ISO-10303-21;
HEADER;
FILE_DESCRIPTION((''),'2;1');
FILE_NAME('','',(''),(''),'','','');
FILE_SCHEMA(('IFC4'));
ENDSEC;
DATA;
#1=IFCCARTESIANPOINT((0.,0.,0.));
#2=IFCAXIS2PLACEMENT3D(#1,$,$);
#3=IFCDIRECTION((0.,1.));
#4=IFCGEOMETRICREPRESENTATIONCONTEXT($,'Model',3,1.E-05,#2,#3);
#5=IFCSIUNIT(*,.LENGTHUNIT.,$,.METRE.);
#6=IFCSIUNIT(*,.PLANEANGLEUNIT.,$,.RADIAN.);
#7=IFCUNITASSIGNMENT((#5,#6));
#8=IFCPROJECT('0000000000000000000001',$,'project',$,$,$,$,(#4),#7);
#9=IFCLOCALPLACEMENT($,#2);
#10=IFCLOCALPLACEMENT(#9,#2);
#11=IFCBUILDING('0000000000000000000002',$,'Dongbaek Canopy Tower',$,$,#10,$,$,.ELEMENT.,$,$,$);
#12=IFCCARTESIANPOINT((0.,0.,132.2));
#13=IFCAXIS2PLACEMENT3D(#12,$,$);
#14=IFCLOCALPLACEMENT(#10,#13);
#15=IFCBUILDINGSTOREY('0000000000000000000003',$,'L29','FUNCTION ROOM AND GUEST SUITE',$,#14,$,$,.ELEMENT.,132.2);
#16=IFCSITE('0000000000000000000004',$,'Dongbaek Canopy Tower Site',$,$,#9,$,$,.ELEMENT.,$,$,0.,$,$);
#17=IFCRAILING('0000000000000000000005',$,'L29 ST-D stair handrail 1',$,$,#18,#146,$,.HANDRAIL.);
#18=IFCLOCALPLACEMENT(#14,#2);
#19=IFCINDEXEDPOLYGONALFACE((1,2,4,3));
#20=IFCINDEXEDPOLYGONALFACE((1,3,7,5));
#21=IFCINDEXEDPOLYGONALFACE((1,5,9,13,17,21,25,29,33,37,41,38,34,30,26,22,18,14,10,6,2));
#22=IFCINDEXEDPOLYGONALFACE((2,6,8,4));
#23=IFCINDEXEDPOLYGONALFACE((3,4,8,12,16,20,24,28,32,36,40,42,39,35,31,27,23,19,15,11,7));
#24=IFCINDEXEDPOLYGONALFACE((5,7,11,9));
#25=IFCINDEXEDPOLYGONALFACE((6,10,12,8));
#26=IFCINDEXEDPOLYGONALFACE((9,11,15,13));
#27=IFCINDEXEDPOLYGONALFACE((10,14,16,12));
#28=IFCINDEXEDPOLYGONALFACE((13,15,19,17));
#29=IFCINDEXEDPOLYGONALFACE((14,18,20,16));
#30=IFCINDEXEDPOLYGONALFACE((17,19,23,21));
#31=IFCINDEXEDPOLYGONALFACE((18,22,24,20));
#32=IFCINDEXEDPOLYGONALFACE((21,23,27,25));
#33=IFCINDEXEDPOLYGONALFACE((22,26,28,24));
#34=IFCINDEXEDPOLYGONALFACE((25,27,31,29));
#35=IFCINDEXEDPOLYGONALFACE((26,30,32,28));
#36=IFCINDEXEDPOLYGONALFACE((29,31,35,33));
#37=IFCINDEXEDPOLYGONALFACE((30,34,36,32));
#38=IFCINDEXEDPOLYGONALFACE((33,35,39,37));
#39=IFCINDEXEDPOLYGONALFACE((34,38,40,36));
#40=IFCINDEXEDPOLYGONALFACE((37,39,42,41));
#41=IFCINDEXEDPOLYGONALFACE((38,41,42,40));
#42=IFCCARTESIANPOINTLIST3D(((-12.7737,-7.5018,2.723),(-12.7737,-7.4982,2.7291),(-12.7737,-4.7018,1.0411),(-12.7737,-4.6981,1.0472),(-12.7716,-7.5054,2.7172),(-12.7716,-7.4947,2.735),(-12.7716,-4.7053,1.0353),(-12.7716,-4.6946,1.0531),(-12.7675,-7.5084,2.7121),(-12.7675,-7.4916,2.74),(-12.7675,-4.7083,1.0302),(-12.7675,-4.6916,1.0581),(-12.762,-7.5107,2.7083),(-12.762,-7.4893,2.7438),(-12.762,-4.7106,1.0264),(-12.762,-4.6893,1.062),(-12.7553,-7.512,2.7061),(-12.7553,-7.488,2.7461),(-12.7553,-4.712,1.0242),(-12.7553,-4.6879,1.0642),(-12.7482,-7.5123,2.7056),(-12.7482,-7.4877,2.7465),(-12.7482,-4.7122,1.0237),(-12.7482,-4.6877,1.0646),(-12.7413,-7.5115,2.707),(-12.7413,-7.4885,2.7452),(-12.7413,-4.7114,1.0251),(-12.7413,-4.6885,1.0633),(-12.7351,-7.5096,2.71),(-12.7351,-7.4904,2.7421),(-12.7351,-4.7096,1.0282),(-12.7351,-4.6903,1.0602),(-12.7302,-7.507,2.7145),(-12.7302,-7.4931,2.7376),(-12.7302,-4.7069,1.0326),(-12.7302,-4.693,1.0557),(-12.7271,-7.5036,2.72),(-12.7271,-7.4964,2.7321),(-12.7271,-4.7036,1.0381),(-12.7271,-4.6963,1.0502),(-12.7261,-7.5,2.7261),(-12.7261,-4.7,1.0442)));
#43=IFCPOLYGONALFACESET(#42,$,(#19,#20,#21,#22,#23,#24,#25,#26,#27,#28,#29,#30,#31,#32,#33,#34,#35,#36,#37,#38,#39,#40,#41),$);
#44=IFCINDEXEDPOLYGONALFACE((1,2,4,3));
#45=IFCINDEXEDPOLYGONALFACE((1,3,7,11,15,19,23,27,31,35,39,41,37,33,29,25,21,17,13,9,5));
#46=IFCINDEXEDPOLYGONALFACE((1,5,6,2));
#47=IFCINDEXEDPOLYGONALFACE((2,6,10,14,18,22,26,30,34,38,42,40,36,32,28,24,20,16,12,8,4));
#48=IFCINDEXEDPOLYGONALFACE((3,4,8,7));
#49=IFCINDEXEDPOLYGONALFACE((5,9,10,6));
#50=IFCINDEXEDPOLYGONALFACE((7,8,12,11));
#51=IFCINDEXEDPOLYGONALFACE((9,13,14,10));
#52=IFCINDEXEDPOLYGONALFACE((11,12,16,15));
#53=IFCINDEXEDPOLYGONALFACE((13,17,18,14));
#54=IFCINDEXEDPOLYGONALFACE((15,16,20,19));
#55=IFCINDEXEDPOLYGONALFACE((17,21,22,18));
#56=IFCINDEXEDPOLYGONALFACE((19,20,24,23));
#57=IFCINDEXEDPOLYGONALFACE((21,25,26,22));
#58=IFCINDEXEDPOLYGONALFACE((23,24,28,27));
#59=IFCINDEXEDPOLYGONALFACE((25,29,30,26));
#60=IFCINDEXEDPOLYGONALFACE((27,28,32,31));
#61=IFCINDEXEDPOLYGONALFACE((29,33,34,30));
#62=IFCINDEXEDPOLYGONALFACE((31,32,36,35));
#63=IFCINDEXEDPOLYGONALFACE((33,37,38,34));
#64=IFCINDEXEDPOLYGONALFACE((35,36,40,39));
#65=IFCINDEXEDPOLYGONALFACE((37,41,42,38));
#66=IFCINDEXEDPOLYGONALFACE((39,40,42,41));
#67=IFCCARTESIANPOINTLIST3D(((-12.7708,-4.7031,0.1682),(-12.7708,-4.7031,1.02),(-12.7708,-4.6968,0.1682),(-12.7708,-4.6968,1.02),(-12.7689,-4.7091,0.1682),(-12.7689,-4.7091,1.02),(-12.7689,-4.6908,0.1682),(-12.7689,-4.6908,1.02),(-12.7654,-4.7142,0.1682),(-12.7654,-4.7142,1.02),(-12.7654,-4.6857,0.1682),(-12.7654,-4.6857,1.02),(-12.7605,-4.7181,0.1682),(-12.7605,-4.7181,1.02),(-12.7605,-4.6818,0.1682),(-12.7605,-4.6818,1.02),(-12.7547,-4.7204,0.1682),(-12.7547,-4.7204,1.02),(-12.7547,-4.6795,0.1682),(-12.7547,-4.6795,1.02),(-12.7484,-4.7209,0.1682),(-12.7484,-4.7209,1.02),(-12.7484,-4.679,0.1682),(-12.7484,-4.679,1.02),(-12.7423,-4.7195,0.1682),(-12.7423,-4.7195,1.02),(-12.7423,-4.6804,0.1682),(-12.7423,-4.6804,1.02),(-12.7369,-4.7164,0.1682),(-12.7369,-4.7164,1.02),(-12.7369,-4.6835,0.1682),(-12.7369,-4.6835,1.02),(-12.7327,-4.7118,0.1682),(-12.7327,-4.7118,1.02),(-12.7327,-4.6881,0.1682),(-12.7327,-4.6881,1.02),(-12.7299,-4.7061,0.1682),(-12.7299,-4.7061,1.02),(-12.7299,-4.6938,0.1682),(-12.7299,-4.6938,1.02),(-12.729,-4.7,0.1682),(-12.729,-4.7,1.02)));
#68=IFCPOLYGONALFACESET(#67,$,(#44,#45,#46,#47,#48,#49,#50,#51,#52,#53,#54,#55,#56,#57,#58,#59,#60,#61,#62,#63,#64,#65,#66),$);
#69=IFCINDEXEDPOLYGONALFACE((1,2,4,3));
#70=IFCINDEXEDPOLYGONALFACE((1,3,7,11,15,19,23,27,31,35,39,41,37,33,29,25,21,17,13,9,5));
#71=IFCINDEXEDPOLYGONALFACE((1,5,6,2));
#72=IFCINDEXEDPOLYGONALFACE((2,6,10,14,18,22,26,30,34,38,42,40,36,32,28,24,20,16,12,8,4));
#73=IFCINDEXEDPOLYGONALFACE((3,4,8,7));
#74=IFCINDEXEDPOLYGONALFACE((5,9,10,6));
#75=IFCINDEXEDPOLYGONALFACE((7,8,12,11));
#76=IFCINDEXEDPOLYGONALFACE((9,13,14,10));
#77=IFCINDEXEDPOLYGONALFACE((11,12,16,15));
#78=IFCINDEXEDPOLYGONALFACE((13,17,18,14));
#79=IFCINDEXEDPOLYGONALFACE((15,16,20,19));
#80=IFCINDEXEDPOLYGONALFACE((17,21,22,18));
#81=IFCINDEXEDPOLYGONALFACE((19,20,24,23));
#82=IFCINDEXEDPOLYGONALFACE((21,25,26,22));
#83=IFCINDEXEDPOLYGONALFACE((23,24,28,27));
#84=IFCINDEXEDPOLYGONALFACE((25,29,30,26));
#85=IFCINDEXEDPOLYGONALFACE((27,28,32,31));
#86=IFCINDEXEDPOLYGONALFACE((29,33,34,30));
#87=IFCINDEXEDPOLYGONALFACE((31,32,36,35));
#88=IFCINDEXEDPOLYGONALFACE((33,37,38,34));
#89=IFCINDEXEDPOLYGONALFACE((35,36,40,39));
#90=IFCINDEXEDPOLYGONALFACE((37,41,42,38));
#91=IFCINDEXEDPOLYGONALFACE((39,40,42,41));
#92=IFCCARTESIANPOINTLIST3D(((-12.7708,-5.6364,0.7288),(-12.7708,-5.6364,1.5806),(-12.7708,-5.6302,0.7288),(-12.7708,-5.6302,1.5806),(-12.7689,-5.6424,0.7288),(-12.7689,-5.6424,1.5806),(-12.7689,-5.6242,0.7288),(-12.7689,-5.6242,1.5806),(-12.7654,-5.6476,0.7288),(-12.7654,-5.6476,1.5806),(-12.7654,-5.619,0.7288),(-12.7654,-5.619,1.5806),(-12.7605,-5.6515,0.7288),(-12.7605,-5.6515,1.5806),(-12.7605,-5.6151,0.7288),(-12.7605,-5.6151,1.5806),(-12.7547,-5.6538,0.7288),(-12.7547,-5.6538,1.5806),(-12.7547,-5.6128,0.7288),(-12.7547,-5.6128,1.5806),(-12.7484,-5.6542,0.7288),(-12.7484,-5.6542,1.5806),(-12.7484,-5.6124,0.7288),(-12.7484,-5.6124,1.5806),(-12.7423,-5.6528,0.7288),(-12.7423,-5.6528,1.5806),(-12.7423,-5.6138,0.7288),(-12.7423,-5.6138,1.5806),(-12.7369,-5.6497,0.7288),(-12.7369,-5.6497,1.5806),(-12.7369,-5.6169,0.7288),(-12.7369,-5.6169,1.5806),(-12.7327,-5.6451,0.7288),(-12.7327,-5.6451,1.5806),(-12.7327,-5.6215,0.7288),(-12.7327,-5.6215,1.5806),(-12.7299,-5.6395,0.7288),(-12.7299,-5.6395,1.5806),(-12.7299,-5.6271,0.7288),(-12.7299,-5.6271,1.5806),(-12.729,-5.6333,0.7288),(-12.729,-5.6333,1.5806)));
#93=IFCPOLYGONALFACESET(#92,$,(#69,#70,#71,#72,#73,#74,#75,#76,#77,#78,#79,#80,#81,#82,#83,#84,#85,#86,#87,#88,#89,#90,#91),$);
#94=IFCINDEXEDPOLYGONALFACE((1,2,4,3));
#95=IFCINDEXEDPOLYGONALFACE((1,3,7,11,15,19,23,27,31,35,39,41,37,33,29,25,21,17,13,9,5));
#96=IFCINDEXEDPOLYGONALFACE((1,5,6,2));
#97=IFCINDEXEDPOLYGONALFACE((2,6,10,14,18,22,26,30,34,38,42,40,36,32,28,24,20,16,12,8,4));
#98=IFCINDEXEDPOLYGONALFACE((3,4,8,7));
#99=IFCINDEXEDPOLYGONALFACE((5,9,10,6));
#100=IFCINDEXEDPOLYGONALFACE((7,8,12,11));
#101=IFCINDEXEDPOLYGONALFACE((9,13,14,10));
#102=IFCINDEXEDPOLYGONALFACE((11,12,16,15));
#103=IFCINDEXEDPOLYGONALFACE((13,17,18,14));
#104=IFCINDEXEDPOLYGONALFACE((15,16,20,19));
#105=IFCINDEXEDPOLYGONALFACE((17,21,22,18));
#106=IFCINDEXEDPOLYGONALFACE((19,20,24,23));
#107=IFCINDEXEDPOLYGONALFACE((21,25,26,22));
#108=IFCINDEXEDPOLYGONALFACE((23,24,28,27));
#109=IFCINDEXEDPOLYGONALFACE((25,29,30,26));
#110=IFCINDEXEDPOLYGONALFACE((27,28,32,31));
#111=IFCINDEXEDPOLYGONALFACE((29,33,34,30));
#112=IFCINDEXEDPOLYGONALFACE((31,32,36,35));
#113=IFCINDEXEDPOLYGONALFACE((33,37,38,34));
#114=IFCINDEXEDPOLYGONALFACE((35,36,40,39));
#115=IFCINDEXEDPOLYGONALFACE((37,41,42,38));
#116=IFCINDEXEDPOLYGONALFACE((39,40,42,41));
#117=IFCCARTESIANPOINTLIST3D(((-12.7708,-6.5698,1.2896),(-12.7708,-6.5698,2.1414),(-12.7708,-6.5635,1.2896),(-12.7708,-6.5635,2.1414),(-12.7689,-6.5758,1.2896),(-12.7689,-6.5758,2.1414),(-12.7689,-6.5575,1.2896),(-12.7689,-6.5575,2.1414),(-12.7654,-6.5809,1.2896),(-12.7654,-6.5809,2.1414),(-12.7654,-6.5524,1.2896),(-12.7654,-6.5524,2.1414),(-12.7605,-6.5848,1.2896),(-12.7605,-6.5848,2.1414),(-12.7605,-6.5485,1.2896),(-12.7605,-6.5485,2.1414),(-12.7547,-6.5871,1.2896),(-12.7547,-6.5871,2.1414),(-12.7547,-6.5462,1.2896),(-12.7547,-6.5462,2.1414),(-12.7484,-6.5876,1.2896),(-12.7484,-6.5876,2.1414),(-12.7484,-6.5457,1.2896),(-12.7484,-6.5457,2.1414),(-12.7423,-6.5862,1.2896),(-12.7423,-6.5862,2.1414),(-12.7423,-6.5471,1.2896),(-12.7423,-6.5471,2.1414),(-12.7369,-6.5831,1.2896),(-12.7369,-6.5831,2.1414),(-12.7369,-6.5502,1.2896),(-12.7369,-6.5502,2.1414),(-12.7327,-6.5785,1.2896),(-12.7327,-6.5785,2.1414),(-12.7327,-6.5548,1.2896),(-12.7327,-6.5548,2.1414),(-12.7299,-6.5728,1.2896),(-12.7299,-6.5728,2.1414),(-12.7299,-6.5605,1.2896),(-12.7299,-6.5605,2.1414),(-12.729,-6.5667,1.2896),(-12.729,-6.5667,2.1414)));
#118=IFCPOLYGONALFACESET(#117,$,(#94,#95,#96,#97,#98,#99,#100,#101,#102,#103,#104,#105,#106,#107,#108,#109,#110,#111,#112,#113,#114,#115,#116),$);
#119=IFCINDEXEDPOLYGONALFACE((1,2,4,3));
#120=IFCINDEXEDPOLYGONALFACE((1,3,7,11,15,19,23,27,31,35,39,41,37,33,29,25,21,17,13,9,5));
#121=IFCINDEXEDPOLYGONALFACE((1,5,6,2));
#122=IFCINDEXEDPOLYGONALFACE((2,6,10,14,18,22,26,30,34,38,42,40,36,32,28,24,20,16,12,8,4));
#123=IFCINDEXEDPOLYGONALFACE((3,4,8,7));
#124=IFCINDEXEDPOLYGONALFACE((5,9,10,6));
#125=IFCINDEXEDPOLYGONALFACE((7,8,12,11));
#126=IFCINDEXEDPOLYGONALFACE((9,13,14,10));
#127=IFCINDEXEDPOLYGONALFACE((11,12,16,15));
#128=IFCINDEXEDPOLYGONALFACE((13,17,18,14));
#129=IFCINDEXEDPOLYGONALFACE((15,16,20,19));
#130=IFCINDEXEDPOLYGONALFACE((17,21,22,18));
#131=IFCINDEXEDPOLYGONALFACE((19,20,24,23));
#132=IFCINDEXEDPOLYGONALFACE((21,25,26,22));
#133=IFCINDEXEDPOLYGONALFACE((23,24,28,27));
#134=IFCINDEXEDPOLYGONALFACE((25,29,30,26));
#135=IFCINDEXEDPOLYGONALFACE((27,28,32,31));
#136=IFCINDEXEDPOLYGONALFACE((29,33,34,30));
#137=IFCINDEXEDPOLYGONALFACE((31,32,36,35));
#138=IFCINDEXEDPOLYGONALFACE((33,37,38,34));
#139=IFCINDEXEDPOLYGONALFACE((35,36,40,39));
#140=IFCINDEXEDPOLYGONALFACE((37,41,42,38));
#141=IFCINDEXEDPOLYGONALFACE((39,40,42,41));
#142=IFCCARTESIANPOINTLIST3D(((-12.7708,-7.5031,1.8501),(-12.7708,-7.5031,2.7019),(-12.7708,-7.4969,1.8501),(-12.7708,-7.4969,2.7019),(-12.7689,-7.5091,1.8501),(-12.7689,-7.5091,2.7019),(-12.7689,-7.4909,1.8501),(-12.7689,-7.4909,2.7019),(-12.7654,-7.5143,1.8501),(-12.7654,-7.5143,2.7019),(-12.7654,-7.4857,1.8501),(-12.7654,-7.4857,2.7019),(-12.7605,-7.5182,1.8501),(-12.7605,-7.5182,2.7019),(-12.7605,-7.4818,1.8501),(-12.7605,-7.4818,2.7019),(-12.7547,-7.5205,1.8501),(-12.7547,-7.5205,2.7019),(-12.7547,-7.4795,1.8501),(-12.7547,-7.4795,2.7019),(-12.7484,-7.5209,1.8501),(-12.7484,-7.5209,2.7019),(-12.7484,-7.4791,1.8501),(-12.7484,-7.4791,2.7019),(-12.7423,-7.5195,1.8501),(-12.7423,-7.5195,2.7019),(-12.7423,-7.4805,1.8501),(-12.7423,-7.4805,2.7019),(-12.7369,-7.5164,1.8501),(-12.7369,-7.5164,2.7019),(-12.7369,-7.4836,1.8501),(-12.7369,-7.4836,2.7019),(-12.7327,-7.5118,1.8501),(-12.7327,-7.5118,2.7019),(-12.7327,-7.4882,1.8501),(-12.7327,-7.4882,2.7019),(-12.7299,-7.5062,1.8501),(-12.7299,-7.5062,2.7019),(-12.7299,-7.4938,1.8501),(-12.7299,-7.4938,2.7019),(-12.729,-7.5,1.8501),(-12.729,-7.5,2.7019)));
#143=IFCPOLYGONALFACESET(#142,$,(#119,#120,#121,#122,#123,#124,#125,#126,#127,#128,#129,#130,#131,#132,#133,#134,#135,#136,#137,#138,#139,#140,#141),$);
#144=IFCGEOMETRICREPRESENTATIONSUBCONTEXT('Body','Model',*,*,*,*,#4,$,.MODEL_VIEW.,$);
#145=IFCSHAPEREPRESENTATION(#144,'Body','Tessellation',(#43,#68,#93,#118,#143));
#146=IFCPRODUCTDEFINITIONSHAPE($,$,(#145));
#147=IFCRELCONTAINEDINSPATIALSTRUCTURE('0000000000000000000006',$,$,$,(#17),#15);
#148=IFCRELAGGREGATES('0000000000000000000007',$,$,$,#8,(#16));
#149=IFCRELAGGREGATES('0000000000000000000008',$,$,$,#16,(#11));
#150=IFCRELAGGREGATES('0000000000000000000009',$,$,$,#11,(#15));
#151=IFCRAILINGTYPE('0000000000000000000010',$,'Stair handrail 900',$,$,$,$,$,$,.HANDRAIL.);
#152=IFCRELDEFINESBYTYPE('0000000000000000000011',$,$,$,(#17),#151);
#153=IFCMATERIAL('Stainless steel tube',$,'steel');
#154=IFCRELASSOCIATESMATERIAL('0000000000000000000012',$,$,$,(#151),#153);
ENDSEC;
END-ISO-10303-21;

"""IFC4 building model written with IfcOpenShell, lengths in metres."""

from ifc_helpers import new_model, si_unit, direction, frame, origin, origin_2d, place, context, subcontext, project, spatial, circle, extrude, material, type_object, element, save


model = new_model("IFC4")

# Units and contexts
model_context = context("Model", 3, precision=1e-05, world=origin(), true_north=direction((0.0, 1.0)))
body_context = subcontext(model_context, "Body", "Model", "MODEL_VIEW")
ifc_project = project(units=[si_unit("LENGTHUNIT", "METRE"), si_unit("PLANEANGLEUNIT", "RADIAN")], contexts=[model_context])

# Site, building, storey
site_placement = place(None, origin())
site = spatial("IfcSite", under=ifc_project, at=site_placement, Name="Dongbaek Canopy Tower Site", CompositionType="ELEMENT", RefElevation=0.0)
building_placement = place(site_placement, origin())
building = spatial("IfcBuilding", under=site, at=building_placement, Name="Dongbaek Canopy Tower", CompositionType="ELEMENT")
storey_placement = place(building_placement, frame((0.0, 0.0, 132.2)))
storey = spatial("IfcBuildingStorey", under=building, at=storey_placement, Name="L29", Description="FUNCTION ROOM AND GUEST SUITE", CompositionType="ELEMENT", Elevation=132.2)

# Railing
ifc_material_1 = material(Name="Stainless steel tube", Category="steel")
railing_type_1 = type_object("IfcRailingType", Name="Stair handrail 900", PredefinedType="HANDRAIL", material=ifc_material_1)
railing_1_placement = place(storey_placement, frame((-12.75, -4.7, 0.1682)))
element("IfcRailing", 1, at=railing_1_placement, inside=storey, type_object=railing_type_1, Name="L29 ST-D stair handrail 1", PredefinedType="HANDRAIL", context=body_context, shape_type="SweptSolid", body=[
    extrude(circle(Radius=0.0239, at=origin_2d()), frame((0.0, 0.0, 0.876), z_axis=(0.0, -0.857242, 0.514913), x_axis=(1.0, 0.0, 0.0)), (0.0, 0.0, 1.0), 3.2664),
    extrude(circle(Radius=0.021, at=origin_2d()), origin(), (0.0, 0.0, 1.0), 0.8518),
    extrude(circle(Radius=0.021, at=origin_2d()), frame((0.0, -0.9333, 0.5605)), (0.0, 0.0, 1.0), 0.8518),
    extrude(circle(Radius=0.021, at=origin_2d()), frame((0.0, -1.8667, 1.1213)), (0.0, 0.0, 1.0), 0.8518),
    extrude(circle(Radius=0.021, at=origin_2d()), frame((0.0, -2.8, 1.6819)), (0.0, 0.0, 1.0), 0.8518),
])

save(model, "model.ifc")
